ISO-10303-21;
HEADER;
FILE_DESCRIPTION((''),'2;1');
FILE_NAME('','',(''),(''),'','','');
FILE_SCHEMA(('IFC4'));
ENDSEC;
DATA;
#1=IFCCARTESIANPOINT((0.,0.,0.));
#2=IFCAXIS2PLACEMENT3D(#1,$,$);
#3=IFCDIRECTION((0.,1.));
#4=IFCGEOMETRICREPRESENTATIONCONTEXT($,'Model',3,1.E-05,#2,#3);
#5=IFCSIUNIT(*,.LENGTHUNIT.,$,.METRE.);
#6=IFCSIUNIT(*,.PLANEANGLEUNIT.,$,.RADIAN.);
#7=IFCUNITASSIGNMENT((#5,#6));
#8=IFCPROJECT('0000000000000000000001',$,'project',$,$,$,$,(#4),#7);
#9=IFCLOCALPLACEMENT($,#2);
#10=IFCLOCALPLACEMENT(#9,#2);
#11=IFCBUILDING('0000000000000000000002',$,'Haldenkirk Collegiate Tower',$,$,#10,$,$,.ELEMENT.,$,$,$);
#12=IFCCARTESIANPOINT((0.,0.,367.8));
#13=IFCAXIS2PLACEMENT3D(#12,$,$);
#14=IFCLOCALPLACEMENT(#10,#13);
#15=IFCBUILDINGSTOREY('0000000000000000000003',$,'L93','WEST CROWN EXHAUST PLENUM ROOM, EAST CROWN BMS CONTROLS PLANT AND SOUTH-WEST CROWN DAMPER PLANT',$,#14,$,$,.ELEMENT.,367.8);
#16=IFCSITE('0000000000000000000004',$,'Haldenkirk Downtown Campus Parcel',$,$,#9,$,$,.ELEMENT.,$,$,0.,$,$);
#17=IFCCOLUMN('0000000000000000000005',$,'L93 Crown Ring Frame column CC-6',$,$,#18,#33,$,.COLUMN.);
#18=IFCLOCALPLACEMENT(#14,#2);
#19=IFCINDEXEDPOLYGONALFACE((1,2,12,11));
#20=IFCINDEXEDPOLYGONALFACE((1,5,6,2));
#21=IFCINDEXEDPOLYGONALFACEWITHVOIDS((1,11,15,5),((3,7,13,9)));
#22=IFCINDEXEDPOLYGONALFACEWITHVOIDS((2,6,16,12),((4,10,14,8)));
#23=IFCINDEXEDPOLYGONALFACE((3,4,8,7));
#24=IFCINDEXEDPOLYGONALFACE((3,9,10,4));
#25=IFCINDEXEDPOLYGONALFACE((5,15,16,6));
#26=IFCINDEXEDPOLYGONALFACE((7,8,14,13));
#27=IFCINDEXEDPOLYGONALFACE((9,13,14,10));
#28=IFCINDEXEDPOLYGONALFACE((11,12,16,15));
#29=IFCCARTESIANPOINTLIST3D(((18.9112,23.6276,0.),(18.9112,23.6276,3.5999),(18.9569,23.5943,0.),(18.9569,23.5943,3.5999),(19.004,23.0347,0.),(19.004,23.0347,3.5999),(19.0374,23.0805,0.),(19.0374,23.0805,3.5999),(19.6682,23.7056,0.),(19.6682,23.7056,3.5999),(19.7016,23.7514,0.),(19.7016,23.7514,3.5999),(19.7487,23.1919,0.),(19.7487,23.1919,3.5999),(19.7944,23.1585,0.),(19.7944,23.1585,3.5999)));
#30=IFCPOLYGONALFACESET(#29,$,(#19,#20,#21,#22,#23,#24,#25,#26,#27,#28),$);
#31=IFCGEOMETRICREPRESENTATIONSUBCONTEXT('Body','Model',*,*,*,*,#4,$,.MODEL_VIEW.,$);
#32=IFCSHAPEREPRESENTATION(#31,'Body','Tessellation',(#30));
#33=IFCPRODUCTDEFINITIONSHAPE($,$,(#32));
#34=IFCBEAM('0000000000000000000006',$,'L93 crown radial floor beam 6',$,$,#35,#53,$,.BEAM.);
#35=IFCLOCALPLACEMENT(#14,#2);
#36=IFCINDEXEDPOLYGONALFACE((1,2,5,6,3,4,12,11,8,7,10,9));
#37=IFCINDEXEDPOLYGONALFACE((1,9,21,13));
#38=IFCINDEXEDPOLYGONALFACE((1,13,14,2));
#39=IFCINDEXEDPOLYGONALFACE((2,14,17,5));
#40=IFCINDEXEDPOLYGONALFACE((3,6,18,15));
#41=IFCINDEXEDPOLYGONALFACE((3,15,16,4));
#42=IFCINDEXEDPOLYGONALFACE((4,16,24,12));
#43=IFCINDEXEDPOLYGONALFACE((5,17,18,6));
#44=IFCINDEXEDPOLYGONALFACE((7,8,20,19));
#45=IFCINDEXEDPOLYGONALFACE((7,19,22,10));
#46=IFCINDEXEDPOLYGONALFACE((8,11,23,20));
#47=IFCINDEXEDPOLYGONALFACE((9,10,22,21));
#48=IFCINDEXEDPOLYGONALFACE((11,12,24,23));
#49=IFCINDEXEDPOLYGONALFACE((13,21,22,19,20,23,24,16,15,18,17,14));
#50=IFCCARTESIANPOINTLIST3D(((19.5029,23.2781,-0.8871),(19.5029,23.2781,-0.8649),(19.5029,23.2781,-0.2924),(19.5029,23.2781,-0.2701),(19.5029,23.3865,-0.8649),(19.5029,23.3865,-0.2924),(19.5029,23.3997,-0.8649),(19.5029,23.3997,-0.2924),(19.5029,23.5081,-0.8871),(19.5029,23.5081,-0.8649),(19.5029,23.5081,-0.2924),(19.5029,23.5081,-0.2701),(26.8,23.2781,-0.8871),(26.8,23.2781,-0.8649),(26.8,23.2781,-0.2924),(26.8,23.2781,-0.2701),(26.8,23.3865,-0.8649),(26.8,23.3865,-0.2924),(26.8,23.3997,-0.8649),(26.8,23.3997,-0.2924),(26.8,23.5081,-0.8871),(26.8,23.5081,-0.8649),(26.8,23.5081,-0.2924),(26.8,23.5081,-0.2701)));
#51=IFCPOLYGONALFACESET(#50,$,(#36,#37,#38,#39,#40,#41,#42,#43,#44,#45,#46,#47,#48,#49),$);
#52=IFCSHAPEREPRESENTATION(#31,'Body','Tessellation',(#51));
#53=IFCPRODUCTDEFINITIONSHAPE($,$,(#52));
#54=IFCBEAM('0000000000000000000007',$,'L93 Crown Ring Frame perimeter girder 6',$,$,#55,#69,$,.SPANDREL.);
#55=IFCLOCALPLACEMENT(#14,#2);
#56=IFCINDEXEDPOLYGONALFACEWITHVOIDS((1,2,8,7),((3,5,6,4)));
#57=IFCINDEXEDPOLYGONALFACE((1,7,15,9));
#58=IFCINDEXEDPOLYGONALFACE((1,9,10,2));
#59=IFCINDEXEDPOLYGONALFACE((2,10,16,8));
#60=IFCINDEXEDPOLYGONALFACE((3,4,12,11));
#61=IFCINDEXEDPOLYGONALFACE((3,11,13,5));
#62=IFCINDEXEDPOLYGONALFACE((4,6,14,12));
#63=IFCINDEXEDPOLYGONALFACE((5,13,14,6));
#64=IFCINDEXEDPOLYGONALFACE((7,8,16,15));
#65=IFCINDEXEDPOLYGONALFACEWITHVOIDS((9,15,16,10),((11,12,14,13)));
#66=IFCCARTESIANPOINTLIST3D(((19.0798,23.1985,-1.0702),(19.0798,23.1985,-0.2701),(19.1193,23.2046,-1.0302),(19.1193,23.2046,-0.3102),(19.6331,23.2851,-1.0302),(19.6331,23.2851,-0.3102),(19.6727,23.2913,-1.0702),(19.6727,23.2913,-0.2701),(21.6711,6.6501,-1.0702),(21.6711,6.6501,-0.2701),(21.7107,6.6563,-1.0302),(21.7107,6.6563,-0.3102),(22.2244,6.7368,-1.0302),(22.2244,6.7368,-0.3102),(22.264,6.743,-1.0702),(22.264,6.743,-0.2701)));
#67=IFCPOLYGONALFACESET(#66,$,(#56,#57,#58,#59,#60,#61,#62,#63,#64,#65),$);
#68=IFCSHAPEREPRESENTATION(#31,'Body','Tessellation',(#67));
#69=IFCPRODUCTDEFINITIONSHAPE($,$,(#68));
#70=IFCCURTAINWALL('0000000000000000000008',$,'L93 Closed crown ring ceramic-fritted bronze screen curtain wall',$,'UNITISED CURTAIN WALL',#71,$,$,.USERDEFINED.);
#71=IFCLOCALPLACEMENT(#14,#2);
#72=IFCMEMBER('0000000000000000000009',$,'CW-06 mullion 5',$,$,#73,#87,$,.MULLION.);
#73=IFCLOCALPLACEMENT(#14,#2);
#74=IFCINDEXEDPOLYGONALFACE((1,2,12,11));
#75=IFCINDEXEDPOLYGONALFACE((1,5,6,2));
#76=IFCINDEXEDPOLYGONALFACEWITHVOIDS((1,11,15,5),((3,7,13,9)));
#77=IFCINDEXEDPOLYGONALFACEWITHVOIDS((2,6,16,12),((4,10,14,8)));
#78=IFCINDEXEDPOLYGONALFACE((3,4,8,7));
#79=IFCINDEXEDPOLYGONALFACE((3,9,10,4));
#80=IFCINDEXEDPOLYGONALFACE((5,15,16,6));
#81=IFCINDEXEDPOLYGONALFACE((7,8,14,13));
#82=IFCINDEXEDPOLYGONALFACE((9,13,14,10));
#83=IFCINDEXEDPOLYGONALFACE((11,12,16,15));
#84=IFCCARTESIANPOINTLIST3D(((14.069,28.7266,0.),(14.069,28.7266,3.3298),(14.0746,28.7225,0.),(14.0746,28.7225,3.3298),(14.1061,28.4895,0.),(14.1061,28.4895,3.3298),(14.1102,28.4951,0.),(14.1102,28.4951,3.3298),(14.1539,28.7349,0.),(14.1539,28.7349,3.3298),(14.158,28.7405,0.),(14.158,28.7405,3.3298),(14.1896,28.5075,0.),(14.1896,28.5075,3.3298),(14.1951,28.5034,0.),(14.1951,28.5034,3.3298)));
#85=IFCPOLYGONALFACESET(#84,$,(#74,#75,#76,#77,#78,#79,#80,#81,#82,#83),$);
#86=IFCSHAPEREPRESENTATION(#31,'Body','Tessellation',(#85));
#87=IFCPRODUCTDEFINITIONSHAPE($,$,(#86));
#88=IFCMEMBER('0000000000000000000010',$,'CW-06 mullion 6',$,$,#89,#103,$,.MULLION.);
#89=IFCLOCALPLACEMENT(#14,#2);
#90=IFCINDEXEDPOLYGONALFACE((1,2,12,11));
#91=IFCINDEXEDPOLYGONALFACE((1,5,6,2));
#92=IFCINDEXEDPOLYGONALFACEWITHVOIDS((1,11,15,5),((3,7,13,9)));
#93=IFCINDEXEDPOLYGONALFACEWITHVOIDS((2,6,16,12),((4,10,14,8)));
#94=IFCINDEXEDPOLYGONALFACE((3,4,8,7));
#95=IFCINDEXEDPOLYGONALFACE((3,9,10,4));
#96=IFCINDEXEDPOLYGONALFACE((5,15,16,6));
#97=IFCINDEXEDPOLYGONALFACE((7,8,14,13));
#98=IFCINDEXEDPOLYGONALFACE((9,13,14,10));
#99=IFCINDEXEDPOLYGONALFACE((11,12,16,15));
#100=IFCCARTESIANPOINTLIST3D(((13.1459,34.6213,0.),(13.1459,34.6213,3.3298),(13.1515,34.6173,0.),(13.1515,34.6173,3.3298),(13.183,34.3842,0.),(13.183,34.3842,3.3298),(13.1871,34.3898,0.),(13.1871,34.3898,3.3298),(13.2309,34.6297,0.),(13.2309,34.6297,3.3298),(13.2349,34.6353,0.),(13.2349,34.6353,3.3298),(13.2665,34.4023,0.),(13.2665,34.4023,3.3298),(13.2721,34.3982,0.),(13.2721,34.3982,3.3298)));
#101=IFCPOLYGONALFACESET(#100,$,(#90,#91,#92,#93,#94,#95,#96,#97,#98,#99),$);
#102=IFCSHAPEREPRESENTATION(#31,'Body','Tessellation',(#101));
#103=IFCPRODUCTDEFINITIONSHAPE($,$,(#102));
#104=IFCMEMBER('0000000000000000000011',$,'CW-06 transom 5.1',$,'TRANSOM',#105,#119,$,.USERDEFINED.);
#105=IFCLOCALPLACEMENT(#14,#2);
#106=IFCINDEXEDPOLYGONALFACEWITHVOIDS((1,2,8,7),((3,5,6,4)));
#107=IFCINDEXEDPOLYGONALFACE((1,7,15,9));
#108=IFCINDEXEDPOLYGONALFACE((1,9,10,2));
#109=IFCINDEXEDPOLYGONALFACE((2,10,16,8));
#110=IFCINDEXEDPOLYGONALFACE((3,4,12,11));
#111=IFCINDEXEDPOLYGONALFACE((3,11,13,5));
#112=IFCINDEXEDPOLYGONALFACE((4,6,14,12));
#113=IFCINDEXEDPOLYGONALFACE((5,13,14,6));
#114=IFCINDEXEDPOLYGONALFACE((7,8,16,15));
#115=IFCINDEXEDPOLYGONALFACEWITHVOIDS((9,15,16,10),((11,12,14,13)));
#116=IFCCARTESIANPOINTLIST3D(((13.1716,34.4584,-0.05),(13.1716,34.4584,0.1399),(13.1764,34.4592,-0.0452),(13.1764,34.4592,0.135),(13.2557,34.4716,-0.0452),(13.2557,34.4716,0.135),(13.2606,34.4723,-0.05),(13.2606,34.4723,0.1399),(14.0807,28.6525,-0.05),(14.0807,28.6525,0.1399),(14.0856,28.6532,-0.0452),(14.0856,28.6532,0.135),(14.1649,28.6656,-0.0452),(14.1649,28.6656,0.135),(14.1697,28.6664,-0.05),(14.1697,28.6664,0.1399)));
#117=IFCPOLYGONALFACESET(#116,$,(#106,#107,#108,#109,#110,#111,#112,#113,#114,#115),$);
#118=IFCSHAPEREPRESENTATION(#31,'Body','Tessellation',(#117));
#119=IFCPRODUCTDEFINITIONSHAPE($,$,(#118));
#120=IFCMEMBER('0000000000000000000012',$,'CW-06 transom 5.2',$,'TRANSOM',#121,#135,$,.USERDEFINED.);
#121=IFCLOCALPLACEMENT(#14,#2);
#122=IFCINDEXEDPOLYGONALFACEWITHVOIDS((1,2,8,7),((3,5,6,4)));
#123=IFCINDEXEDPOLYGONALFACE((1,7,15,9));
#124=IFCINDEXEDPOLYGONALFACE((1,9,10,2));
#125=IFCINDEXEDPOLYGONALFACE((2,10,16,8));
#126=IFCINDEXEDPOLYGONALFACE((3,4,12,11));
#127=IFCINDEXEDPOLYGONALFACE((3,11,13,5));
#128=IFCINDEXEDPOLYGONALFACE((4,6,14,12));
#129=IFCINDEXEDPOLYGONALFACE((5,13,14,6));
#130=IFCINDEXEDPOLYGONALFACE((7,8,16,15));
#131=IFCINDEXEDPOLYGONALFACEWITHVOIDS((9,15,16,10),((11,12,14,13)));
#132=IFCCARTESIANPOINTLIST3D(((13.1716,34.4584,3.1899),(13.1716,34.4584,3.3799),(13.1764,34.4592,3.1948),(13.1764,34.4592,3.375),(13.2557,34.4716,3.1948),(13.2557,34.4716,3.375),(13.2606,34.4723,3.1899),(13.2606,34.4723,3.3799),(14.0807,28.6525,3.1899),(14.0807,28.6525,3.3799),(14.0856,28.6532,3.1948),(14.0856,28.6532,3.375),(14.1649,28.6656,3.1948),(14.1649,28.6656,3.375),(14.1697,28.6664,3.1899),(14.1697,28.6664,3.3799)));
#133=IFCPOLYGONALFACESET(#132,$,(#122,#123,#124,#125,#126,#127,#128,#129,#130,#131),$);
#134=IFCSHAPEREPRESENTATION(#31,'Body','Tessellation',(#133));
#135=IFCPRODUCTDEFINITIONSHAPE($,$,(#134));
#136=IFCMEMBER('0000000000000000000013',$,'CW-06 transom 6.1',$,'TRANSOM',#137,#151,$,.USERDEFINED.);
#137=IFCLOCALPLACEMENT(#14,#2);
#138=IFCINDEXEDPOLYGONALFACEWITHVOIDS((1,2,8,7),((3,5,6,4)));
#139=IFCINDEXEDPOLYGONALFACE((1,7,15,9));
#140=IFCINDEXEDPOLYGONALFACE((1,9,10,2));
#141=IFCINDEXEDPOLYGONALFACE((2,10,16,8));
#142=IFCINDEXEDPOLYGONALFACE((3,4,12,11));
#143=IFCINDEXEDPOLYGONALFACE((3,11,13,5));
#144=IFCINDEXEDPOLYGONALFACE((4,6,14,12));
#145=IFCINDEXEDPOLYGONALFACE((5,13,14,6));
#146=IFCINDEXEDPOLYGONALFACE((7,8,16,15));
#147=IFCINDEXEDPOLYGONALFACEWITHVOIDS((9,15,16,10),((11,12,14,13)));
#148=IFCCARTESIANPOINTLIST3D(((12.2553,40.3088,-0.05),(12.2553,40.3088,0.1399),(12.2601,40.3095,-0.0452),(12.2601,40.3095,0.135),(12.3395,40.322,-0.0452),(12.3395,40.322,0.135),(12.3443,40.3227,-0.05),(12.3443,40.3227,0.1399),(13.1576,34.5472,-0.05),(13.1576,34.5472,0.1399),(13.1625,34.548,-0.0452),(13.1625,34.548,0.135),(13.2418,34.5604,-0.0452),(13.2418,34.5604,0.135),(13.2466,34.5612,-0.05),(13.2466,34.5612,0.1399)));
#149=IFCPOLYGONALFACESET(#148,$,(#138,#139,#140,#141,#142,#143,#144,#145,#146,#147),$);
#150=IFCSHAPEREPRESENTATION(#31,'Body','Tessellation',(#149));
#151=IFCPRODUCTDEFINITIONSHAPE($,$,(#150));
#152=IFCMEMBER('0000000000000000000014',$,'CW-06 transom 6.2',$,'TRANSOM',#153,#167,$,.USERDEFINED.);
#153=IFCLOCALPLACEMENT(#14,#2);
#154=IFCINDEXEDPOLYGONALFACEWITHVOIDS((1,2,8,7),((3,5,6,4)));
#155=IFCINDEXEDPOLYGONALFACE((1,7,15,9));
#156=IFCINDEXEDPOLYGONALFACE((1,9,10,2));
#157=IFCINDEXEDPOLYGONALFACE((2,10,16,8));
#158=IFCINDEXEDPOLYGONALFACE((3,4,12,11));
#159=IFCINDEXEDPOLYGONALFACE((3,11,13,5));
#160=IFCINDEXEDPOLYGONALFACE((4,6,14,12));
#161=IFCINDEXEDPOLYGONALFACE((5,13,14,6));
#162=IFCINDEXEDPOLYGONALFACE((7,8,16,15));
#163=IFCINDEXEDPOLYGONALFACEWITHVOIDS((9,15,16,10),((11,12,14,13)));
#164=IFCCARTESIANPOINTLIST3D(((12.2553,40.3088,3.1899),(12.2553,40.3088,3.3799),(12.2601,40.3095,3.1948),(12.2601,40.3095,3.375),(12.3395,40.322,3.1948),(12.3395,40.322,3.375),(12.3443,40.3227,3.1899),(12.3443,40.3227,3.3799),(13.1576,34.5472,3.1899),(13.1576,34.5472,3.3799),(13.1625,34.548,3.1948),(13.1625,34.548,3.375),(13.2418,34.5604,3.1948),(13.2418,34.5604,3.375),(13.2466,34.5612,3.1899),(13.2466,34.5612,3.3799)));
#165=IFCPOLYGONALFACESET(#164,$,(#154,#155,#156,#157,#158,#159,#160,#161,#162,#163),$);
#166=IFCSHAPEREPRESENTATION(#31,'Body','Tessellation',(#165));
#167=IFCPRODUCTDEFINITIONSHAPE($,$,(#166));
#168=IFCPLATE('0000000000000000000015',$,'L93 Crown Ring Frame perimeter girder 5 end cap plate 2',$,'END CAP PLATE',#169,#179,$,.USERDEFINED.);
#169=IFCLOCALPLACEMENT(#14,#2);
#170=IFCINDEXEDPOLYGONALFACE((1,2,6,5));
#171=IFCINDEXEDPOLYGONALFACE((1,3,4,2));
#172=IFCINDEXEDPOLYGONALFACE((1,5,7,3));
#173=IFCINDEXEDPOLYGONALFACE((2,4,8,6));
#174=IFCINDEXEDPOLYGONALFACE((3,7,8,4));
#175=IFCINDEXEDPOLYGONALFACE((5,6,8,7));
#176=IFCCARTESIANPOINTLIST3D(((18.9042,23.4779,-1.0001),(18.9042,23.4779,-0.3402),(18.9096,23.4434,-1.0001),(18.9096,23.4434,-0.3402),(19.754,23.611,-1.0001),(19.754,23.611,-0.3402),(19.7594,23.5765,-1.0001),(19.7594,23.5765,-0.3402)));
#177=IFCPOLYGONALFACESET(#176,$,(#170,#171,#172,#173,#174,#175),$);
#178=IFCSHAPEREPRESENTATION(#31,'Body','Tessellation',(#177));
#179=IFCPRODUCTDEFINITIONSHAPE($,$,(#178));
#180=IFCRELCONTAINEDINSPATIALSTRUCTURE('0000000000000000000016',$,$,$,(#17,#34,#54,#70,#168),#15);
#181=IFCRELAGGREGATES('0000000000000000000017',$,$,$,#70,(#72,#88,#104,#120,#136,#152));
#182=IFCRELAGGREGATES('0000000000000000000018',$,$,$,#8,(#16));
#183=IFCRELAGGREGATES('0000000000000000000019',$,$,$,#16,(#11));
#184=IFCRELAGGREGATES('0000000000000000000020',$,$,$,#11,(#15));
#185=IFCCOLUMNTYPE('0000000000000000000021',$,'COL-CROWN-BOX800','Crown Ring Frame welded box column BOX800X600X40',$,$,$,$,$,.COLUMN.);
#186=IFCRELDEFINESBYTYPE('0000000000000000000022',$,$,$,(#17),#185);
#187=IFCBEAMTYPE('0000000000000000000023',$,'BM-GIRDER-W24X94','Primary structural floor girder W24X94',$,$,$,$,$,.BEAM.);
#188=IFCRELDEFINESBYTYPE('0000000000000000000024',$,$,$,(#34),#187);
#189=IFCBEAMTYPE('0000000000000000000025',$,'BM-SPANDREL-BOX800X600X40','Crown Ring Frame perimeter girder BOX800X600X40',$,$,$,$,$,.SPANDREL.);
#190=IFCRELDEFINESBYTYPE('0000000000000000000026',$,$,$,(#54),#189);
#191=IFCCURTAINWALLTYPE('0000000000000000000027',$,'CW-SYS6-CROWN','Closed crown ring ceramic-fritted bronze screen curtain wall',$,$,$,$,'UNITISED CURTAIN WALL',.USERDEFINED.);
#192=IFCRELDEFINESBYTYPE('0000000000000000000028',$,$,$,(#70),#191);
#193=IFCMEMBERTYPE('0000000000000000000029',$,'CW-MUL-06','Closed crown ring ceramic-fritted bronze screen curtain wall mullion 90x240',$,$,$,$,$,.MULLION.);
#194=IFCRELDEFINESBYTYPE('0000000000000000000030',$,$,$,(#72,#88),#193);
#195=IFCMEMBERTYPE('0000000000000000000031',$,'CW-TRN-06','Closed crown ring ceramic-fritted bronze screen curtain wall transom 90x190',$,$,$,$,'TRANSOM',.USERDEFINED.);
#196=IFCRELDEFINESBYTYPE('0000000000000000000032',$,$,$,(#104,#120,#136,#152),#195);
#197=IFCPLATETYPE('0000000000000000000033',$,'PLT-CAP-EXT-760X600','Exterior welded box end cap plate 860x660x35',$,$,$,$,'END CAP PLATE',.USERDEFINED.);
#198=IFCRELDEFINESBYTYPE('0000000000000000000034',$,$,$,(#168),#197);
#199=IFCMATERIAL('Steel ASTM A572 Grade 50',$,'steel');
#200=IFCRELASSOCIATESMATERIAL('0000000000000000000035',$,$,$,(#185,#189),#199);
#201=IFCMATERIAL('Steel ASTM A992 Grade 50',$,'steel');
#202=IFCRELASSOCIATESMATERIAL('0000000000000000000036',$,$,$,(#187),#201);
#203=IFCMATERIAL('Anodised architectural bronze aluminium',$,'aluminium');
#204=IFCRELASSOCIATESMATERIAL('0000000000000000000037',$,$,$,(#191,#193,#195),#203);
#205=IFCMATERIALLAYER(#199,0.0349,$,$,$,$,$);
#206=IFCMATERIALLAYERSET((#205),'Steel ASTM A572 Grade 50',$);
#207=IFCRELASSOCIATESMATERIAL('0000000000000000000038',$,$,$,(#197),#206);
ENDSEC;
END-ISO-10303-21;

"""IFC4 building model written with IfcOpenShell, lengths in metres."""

from ifc_helpers import new_model, si_unit, direction, frame, origin, origin_2d, place, context, subcontext, project, spatial, rectangle, hollow_rectangle, i_section, extrude, source, transform, mapped, material, layer, layer_set, material_profile, profile_set, type_object, element, aggregate, save


model = new_model("IFC4")

# Units and contexts
model_context = context("Model", 3, precision=1e-05, world=origin(), true_north=direction((0.0, 1.0)))
body_context = subcontext(model_context, "Body", "Model", "MODEL_VIEW")
ifc_project = project(units=[si_unit("LENGTHUNIT", "METRE"), si_unit("PLANEANGLEUNIT", "RADIAN")], contexts=[model_context])

# Site, building, storey
site_placement = place(None, origin())
site = spatial("IfcSite", under=ifc_project, at=site_placement, Name="Haldenkirk Downtown Campus Parcel", CompositionType="ELEMENT", RefElevation=0.0)
building_placement = place(site_placement, origin())
building = spatial("IfcBuilding", under=site, at=building_placement, Name="Haldenkirk Collegiate Tower", CompositionType="ELEMENT")
storey_placement = place(building_placement, frame((0.0, 0.0, 367.8)))
storey = spatial("IfcBuildingStorey", under=building, at=storey_placement, Name="L93", Description="WEST CROWN EXHAUST PLENUM ROOM, EAST CROWN BMS CONTROLS PLANT AND SOUTH-WEST CROWN DAMPER PLANT", CompositionType="ELEMENT", Elevation=367.8)

# Column
ifc_material_1 = material(Name="Steel ASTM A572 Grade 50", Category="steel")
ifc_material_profile_1 = material_profile(ifc_material_1, hollow_rectangle(XDim=0.6001, YDim=0.8, WallThickness=0.04, at=origin_2d()), Name="BOX800X600X40")
ifc_profile_set_1 = profile_set([ifc_material_profile_1], Name="Steel ASTM A572 Grade 50")
column_type = type_object("IfcColumnType", Name="COL-CROWN-BOX800", Description="Crown Ring Frame welded box column BOX800X600X40", PredefinedType="COLUMN", material=ifc_profile_set_1)
column_placement = place(storey_placement, frame((19.3528, 23.3931, 0.0), z_axis=(0.0, 0.0, 1.0), x_axis=(-0.15471, 0.98796, 0.0)))
element("IfcColumn", 1, at=column_placement, inside=storey, type_object=column_type, Name="L93 Crown Ring Frame column CC-6", PredefinedType="COLUMN", context=body_context, shape_type="SweptSolid", body=[
    extrude(hollow_rectangle(XDim=0.6001, YDim=0.8, WallThickness=0.04, at=origin_2d()), origin(), (0.0, 0.0, 1.0), 3.5999),
])

# Beams
ifc_material_2 = material(Name="Steel ASTM A992 Grade 50", Category="steel")
ifc_material_profile_2 = material_profile(ifc_material_2, i_section(OverallWidth=0.23, OverallDepth=0.6169, WebThickness=0.0132, FlangeThickness=0.0222, at=origin_2d()), Name="W24X94")
ifc_profile_set_2 = profile_set([ifc_material_profile_2], Name="Steel ASTM A992 Grade 50")
beam_type_1 = type_object("IfcBeamType", Name="BM-GIRDER-W24X94", Description="Primary structural floor girder W24X94", PredefinedType="BEAM", material=ifc_profile_set_2)
beam_1_placement = place(storey_placement, frame((19.5029, 23.3931, -0.5786), z_axis=(1.0, 0.0, 0.0), x_axis=(0.0, 1.0, 0.0)))
element("IfcBeam", 2, at=beam_1_placement, inside=storey, type_object=beam_type_1, Name="L93 crown radial floor beam 6", PredefinedType="BEAM", context=body_context, shape_type="SweptSolid", body=[
    extrude(i_section(OverallWidth=0.23, OverallDepth=0.6169, WebThickness=0.0132, FlangeThickness=0.0222, at=origin_2d()), origin(), (0.0, 0.0, 1.0), 7.2971),
])
ifc_material_profile_3 = material_profile(ifc_material_1, hollow_rectangle(XDim=0.6001, YDim=0.8, WallThickness=0.04, at=origin_2d()), Name="BOX800X600X40")
ifc_profile_set_3 = profile_set([ifc_material_profile_3], Name="Steel ASTM A572 Grade 50")
beam_type_2 = type_object("IfcBeamType", Name="BM-SPANDREL-BOX800X600X40", Description="Crown Ring Frame perimeter girder BOX800X600X40", PredefinedType="SPANDREL", material=ifc_profile_set_3)
beam_2_placement = place(storey_placement, frame((19.3762, 23.2449, -0.6702), z_axis=(0.154705, -0.987961, 0.0), x_axis=(0.987961, 0.154705, 0.0)))
element("IfcBeam", 3, at=beam_2_placement, inside=storey, type_object=beam_type_2, Name="L93 Crown Ring Frame perimeter girder 6", PredefinedType="SPANDREL", context=body_context, shape_type="SweptSolid", body=[
    extrude(hollow_rectangle(XDim=0.6001, YDim=0.8, WallThickness=0.04, at=origin_2d()), origin(), (0.0, 0.0, 1.0), 16.75),
])

# Curtain wall, members
ifc_material_3 = material(Name="Anodised architectural bronze aluminium", Category="aluminium")
curtain_wall_type = type_object("IfcCurtainWallType", Name="CW-SYS6-CROWN", Description="Closed crown ring ceramic-fritted bronze screen curtain wall", ElementType="UNITISED CURTAIN WALL", PredefinedType="USERDEFINED", material=ifc_material_3)
curtain_wall_placement = place(storey_placement, origin())
curtain_wall = element("IfcCurtainWall", 4, at=curtain_wall_placement, inside=storey, type_object=curtain_wall_type, Name="L93 Closed crown ring ceramic-fritted bronze screen curtain wall", ObjectType="UNITISED CURTAIN WALL", PredefinedType="USERDEFINED")
ifc_material_profile_4 = material_profile(ifc_material_3, hollow_rectangle(XDim=0.0901, YDim=0.24, WallThickness=0.0049, at=origin_2d()), Name="CW-MUL-06")
ifc_profile_set_4 = profile_set([ifc_material_profile_4], Name="Anodised architectural bronze aluminium")
member_type_1 = type_object("IfcMemberType", Name="CW-MUL-06", Description="Closed crown ring ceramic-fritted bronze screen curtain wall mullion 90x240", PredefinedType="MULLION", material=ifc_profile_set_4)
member_1_placement = place(storey_placement, frame((14.1321, 28.615, 0.0), z_axis=(0.0, 0.0, 1.0), x_axis=(-0.98796, -0.154713, 0.0)))
member_1 = element("IfcMember", 5, at=member_1_placement, type_object=member_type_1, Name="CW-06 mullion 5", PredefinedType="MULLION", context=body_context, shape_type="SweptSolid", body=[
    extrude(hollow_rectangle(XDim=0.0901, YDim=0.24, WallThickness=0.0049, at=origin_2d()), origin(), (0.0, 0.0, 1.0), 3.3298),
])
member_2_placement = place(storey_placement, frame((13.209, 34.5098, 0.0), z_axis=(0.0, 0.0, 1.0), x_axis=(-0.98796, -0.154713, 0.0)))
member_2 = element("IfcMember", 6, at=member_2_placement, type_object=member_type_1, Name="CW-06 mullion 6", PredefinedType="MULLION", context=body_context, shape_type="SweptSolid", body=[
    extrude(hollow_rectangle(XDim=0.0901, YDim=0.24, WallThickness=0.0049, at=origin_2d()), origin(), (0.0, 0.0, 1.0), 3.3298),
])
ifc_material_profile_5 = material_profile(ifc_material_3, hollow_rectangle(XDim=0.0901, YDim=0.1899, WallThickness=0.0049, at=origin_2d()), Name="CW-TRN-06")
ifc_profile_set_5 = profile_set([ifc_material_profile_5], Name="Anodised architectural bronze aluminium")
member_type_2 = type_object("IfcMemberType", Name="CW-TRN-06", Description="Closed crown ring ceramic-fritted bronze screen curtain wall transom 90x190", ElementType="TRANSOM", PredefinedType="USERDEFINED", material=ifc_profile_set_5)
member_3_placement = place(storey_placement, frame((14.1252, 28.6594, 0.0449), z_axis=(-0.15471, 0.98796, 0.0), x_axis=(-0.98796, -0.15471, 0.0)))
member_3 = element("IfcMember", 7, at=member_3_placement, type_object=member_type_2, Name="CW-06 transom 5.1", ObjectType="TRANSOM", PredefinedType="USERDEFINED", context=body_context, shape_type="SweptSolid", body=[
    extrude(hollow_rectangle(XDim=0.0901, YDim=0.1899, WallThickness=0.0049, at=origin_2d()), origin(), (0.0, 0.0, 1.0), 5.8767),
])
member_4_placement = place(storey_placement, frame((14.1252, 28.6594, 3.2849), z_axis=(-0.15471, 0.98796, 0.0), x_axis=(-0.98796, -0.15471, 0.0)))
member_4 = element("IfcMember", 8, at=member_4_placement, type_object=member_type_2, Name="CW-06 transom 5.2", ObjectType="TRANSOM", PredefinedType="USERDEFINED", context=body_context, shape_type="SweptSolid", body=[
    extrude(hollow_rectangle(XDim=0.0901, YDim=0.1899, WallThickness=0.0049, at=origin_2d()), origin(), (0.0, 0.0, 1.0), 5.8767),
])
member_5_placement = place(storey_placement, frame((13.2021, 34.5542, 0.0449), z_axis=(-0.154731, 0.987957, 0.0), x_axis=(-0.987957, -0.154731, 0.0)))
member_5 = element("IfcMember", 9, at=member_5_placement, type_object=member_type_2, Name="CW-06 transom 6.1", ObjectType="TRANSOM", PredefinedType="USERDEFINED", context=body_context, shape_type="SweptSolid", body=[
    extrude(hollow_rectangle(XDim=0.0901, YDim=0.1899, WallThickness=0.0049, at=origin_2d()), origin(), (0.0, 0.0, 1.0), 5.8318),
])
member_6_placement = place(storey_placement, frame((13.2021, 34.5542, 3.2849), z_axis=(-0.154731, 0.987957, 0.0), x_axis=(-0.987957, -0.154731, 0.0)))
member_6 = element("IfcMember", 10, at=member_6_placement, type_object=member_type_2, Name="CW-06 transom 6.2", ObjectType="TRANSOM", PredefinedType="USERDEFINED", context=body_context, shape_type="SweptSolid", body=[
    extrude(hollow_rectangle(XDim=0.0901, YDim=0.1899, WallThickness=0.0049, at=origin_2d()), origin(), (0.0, 0.0, 1.0), 5.8318),
])

# Plate
ifc_layer_1 = layer(ifc_material_1, 0.0349)
ifc_layer_set_1 = layer_set([ifc_layer_1], Name="Steel ASTM A572 Grade 50")
plate_type_1 = type_object("IfcPlateType", Name="PLT-CAP-EXT-760X600", Description="Exterior welded box end cap plate 860x660x35", ElementType="END CAP PLATE", PredefinedType="USERDEFINED", material=ifc_layer_set_1)
shared_shape_1 = source(origin(), body_context, "Body", "SweptSolid", [
    extrude(rectangle(XDim=0.8601, YDim=0.6599, at=origin_2d()), origin(), (0.0, 0.0, 1.0), 0.0349),
])
for number, where, z_axis, x_axis, name in (
    (11, (19.3291, 23.5444, -0.6702), (0.154711, -0.98796, 0.0), (0.98796, 0.154711, 0.0), "L93 Crown Ring Frame perimeter girder 5 end cap plate 2"),
):
    element("IfcPlate", number, at=place(storey_placement, frame(where, z_axis=z_axis, x_axis=x_axis)), inside=storey, type_object=plate_type_1, Name=name, ObjectType="END CAP PLATE", PredefinedType="USERDEFINED", context=body_context, shape_type="MappedRepresentation", body=[
        mapped(shared_shape_1, transform((0.0, 0.0, 0.0), x_axis=(1.0, 0.0, 0.0), y_axis=(0.0, 1.0, 0.0), z_axis=(0.0, 0.0, 1.0), scale=1.0)),
    ])

aggregate(curtain_wall, [member_1, member_2, member_3, member_4, member_5, member_6])

save(model, "model.ifc")
